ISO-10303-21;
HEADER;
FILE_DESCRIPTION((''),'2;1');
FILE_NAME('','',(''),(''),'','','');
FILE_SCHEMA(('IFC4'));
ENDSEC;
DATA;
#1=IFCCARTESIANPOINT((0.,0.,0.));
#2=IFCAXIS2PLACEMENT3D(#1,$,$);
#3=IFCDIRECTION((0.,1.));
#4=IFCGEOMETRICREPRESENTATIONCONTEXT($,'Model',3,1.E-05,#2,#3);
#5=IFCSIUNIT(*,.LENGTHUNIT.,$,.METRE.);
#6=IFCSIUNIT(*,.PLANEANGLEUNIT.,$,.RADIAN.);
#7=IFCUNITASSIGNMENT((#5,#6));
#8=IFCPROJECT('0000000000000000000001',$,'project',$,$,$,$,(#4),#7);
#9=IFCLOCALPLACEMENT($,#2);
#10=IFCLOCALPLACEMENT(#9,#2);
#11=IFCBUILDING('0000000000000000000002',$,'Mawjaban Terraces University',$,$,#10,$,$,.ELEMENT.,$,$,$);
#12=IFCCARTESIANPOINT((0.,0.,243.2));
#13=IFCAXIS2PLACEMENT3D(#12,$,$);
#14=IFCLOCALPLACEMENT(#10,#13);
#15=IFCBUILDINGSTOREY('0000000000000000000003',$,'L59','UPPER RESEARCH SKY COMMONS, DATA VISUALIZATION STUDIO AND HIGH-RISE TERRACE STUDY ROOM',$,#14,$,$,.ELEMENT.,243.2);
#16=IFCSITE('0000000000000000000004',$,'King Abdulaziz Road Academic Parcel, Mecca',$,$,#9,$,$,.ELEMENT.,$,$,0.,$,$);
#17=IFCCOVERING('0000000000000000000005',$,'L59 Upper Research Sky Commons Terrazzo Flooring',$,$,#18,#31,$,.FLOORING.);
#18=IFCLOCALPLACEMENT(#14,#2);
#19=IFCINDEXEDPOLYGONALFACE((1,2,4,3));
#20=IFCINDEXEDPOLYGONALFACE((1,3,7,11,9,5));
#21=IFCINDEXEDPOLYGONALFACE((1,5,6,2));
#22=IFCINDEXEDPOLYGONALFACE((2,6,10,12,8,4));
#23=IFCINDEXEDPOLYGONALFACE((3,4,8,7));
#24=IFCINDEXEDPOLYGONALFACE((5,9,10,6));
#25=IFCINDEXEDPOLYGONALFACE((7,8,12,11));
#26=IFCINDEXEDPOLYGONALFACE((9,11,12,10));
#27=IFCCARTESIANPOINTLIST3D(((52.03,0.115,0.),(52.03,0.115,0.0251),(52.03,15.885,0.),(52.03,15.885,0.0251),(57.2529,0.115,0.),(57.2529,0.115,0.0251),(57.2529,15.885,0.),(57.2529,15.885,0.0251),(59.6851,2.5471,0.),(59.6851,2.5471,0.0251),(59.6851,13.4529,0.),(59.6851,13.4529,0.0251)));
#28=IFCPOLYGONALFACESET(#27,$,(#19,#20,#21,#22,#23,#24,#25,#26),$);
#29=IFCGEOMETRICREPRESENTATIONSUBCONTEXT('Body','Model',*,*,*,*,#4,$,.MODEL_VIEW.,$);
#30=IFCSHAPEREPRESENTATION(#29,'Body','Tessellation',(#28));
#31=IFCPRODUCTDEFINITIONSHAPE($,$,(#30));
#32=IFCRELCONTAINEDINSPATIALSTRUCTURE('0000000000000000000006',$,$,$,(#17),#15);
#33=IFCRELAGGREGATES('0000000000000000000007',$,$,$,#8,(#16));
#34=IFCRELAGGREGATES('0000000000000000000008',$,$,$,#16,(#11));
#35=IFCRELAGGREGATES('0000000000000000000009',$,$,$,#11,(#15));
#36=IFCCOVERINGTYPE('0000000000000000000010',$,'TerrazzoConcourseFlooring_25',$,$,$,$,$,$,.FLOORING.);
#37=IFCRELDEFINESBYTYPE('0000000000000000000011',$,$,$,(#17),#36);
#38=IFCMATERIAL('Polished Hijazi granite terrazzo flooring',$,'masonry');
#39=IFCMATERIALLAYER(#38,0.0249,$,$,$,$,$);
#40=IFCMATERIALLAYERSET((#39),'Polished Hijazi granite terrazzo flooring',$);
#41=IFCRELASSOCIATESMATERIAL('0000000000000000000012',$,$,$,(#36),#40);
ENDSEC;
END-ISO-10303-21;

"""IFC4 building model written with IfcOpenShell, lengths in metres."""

from ifc_helpers import new_model, si_unit, direction, frame, origin, place, context, subcontext, project, spatial, polyline, outline, extrude, material, layer, layer_set, type_object, element, save


model = new_model("IFC4")

# Units and contexts
model_context = context("Model", 3, precision=1e-05, world=origin(), true_north=direction((0.0, 1.0)))
body_context = subcontext(model_context, "Body", "Model", "MODEL_VIEW")
ifc_project = project(units=[si_unit("LENGTHUNIT", "METRE"), si_unit("PLANEANGLEUNIT", "RADIAN")], contexts=[model_context])

# Site, building, storey
site_placement = place(None, origin())
site = spatial("IfcSite", under=ifc_project, at=site_placement, Name="King Abdulaziz Road Academic Parcel, Mecca", CompositionType="ELEMENT", RefElevation=0.0)
building_placement = place(site_placement, origin())
building = spatial("IfcBuilding", under=site, at=building_placement, Name="Mawjaban Terraces University", CompositionType="ELEMENT")
storey_placement = place(building_placement, frame((0.0, 0.0, 243.2)))
storey = spatial("IfcBuildingStorey", under=building, at=storey_placement, Name="L59", Description="UPPER RESEARCH SKY COMMONS, DATA VISUALIZATION STUDIO AND HIGH-RISE TERRACE STUDY ROOM", CompositionType="ELEMENT", Elevation=243.2)

# Covering
ifc_material_1 = material(Name="Polished Hijazi granite terrazzo flooring", Category="masonry")
ifc_layer_1 = layer(ifc_material_1, 0.0249)
ifc_layer_set_1 = layer_set([ifc_layer_1], Name="Polished Hijazi granite terrazzo flooring")
covering_type_1 = type_object("IfcCoveringType", Name="TerrazzoConcourseFlooring_25", PredefinedType="FLOORING", material=ifc_layer_set_1)
covering_1_placement = place(storey_placement, origin())
element("IfcCovering", 1, at=covering_1_placement, inside=storey, type_object=covering_type_1, Name="L59 Upper Research Sky Commons Terrazzo Flooring", PredefinedType="FLOORING", context=body_context, shape_type="SweptSolid", body=[
    extrude(outline(polyline([(52.03, 0.115), (57.2529, 0.115), (59.6851, 2.5471), (59.6851, 13.4529), (57.2529, 15.885), (52.03, 15.885), (52.03, 0.115)])), origin(), (0.0, 0.0, 1.0), 0.0251),
])

save(model, "model.ifc")
